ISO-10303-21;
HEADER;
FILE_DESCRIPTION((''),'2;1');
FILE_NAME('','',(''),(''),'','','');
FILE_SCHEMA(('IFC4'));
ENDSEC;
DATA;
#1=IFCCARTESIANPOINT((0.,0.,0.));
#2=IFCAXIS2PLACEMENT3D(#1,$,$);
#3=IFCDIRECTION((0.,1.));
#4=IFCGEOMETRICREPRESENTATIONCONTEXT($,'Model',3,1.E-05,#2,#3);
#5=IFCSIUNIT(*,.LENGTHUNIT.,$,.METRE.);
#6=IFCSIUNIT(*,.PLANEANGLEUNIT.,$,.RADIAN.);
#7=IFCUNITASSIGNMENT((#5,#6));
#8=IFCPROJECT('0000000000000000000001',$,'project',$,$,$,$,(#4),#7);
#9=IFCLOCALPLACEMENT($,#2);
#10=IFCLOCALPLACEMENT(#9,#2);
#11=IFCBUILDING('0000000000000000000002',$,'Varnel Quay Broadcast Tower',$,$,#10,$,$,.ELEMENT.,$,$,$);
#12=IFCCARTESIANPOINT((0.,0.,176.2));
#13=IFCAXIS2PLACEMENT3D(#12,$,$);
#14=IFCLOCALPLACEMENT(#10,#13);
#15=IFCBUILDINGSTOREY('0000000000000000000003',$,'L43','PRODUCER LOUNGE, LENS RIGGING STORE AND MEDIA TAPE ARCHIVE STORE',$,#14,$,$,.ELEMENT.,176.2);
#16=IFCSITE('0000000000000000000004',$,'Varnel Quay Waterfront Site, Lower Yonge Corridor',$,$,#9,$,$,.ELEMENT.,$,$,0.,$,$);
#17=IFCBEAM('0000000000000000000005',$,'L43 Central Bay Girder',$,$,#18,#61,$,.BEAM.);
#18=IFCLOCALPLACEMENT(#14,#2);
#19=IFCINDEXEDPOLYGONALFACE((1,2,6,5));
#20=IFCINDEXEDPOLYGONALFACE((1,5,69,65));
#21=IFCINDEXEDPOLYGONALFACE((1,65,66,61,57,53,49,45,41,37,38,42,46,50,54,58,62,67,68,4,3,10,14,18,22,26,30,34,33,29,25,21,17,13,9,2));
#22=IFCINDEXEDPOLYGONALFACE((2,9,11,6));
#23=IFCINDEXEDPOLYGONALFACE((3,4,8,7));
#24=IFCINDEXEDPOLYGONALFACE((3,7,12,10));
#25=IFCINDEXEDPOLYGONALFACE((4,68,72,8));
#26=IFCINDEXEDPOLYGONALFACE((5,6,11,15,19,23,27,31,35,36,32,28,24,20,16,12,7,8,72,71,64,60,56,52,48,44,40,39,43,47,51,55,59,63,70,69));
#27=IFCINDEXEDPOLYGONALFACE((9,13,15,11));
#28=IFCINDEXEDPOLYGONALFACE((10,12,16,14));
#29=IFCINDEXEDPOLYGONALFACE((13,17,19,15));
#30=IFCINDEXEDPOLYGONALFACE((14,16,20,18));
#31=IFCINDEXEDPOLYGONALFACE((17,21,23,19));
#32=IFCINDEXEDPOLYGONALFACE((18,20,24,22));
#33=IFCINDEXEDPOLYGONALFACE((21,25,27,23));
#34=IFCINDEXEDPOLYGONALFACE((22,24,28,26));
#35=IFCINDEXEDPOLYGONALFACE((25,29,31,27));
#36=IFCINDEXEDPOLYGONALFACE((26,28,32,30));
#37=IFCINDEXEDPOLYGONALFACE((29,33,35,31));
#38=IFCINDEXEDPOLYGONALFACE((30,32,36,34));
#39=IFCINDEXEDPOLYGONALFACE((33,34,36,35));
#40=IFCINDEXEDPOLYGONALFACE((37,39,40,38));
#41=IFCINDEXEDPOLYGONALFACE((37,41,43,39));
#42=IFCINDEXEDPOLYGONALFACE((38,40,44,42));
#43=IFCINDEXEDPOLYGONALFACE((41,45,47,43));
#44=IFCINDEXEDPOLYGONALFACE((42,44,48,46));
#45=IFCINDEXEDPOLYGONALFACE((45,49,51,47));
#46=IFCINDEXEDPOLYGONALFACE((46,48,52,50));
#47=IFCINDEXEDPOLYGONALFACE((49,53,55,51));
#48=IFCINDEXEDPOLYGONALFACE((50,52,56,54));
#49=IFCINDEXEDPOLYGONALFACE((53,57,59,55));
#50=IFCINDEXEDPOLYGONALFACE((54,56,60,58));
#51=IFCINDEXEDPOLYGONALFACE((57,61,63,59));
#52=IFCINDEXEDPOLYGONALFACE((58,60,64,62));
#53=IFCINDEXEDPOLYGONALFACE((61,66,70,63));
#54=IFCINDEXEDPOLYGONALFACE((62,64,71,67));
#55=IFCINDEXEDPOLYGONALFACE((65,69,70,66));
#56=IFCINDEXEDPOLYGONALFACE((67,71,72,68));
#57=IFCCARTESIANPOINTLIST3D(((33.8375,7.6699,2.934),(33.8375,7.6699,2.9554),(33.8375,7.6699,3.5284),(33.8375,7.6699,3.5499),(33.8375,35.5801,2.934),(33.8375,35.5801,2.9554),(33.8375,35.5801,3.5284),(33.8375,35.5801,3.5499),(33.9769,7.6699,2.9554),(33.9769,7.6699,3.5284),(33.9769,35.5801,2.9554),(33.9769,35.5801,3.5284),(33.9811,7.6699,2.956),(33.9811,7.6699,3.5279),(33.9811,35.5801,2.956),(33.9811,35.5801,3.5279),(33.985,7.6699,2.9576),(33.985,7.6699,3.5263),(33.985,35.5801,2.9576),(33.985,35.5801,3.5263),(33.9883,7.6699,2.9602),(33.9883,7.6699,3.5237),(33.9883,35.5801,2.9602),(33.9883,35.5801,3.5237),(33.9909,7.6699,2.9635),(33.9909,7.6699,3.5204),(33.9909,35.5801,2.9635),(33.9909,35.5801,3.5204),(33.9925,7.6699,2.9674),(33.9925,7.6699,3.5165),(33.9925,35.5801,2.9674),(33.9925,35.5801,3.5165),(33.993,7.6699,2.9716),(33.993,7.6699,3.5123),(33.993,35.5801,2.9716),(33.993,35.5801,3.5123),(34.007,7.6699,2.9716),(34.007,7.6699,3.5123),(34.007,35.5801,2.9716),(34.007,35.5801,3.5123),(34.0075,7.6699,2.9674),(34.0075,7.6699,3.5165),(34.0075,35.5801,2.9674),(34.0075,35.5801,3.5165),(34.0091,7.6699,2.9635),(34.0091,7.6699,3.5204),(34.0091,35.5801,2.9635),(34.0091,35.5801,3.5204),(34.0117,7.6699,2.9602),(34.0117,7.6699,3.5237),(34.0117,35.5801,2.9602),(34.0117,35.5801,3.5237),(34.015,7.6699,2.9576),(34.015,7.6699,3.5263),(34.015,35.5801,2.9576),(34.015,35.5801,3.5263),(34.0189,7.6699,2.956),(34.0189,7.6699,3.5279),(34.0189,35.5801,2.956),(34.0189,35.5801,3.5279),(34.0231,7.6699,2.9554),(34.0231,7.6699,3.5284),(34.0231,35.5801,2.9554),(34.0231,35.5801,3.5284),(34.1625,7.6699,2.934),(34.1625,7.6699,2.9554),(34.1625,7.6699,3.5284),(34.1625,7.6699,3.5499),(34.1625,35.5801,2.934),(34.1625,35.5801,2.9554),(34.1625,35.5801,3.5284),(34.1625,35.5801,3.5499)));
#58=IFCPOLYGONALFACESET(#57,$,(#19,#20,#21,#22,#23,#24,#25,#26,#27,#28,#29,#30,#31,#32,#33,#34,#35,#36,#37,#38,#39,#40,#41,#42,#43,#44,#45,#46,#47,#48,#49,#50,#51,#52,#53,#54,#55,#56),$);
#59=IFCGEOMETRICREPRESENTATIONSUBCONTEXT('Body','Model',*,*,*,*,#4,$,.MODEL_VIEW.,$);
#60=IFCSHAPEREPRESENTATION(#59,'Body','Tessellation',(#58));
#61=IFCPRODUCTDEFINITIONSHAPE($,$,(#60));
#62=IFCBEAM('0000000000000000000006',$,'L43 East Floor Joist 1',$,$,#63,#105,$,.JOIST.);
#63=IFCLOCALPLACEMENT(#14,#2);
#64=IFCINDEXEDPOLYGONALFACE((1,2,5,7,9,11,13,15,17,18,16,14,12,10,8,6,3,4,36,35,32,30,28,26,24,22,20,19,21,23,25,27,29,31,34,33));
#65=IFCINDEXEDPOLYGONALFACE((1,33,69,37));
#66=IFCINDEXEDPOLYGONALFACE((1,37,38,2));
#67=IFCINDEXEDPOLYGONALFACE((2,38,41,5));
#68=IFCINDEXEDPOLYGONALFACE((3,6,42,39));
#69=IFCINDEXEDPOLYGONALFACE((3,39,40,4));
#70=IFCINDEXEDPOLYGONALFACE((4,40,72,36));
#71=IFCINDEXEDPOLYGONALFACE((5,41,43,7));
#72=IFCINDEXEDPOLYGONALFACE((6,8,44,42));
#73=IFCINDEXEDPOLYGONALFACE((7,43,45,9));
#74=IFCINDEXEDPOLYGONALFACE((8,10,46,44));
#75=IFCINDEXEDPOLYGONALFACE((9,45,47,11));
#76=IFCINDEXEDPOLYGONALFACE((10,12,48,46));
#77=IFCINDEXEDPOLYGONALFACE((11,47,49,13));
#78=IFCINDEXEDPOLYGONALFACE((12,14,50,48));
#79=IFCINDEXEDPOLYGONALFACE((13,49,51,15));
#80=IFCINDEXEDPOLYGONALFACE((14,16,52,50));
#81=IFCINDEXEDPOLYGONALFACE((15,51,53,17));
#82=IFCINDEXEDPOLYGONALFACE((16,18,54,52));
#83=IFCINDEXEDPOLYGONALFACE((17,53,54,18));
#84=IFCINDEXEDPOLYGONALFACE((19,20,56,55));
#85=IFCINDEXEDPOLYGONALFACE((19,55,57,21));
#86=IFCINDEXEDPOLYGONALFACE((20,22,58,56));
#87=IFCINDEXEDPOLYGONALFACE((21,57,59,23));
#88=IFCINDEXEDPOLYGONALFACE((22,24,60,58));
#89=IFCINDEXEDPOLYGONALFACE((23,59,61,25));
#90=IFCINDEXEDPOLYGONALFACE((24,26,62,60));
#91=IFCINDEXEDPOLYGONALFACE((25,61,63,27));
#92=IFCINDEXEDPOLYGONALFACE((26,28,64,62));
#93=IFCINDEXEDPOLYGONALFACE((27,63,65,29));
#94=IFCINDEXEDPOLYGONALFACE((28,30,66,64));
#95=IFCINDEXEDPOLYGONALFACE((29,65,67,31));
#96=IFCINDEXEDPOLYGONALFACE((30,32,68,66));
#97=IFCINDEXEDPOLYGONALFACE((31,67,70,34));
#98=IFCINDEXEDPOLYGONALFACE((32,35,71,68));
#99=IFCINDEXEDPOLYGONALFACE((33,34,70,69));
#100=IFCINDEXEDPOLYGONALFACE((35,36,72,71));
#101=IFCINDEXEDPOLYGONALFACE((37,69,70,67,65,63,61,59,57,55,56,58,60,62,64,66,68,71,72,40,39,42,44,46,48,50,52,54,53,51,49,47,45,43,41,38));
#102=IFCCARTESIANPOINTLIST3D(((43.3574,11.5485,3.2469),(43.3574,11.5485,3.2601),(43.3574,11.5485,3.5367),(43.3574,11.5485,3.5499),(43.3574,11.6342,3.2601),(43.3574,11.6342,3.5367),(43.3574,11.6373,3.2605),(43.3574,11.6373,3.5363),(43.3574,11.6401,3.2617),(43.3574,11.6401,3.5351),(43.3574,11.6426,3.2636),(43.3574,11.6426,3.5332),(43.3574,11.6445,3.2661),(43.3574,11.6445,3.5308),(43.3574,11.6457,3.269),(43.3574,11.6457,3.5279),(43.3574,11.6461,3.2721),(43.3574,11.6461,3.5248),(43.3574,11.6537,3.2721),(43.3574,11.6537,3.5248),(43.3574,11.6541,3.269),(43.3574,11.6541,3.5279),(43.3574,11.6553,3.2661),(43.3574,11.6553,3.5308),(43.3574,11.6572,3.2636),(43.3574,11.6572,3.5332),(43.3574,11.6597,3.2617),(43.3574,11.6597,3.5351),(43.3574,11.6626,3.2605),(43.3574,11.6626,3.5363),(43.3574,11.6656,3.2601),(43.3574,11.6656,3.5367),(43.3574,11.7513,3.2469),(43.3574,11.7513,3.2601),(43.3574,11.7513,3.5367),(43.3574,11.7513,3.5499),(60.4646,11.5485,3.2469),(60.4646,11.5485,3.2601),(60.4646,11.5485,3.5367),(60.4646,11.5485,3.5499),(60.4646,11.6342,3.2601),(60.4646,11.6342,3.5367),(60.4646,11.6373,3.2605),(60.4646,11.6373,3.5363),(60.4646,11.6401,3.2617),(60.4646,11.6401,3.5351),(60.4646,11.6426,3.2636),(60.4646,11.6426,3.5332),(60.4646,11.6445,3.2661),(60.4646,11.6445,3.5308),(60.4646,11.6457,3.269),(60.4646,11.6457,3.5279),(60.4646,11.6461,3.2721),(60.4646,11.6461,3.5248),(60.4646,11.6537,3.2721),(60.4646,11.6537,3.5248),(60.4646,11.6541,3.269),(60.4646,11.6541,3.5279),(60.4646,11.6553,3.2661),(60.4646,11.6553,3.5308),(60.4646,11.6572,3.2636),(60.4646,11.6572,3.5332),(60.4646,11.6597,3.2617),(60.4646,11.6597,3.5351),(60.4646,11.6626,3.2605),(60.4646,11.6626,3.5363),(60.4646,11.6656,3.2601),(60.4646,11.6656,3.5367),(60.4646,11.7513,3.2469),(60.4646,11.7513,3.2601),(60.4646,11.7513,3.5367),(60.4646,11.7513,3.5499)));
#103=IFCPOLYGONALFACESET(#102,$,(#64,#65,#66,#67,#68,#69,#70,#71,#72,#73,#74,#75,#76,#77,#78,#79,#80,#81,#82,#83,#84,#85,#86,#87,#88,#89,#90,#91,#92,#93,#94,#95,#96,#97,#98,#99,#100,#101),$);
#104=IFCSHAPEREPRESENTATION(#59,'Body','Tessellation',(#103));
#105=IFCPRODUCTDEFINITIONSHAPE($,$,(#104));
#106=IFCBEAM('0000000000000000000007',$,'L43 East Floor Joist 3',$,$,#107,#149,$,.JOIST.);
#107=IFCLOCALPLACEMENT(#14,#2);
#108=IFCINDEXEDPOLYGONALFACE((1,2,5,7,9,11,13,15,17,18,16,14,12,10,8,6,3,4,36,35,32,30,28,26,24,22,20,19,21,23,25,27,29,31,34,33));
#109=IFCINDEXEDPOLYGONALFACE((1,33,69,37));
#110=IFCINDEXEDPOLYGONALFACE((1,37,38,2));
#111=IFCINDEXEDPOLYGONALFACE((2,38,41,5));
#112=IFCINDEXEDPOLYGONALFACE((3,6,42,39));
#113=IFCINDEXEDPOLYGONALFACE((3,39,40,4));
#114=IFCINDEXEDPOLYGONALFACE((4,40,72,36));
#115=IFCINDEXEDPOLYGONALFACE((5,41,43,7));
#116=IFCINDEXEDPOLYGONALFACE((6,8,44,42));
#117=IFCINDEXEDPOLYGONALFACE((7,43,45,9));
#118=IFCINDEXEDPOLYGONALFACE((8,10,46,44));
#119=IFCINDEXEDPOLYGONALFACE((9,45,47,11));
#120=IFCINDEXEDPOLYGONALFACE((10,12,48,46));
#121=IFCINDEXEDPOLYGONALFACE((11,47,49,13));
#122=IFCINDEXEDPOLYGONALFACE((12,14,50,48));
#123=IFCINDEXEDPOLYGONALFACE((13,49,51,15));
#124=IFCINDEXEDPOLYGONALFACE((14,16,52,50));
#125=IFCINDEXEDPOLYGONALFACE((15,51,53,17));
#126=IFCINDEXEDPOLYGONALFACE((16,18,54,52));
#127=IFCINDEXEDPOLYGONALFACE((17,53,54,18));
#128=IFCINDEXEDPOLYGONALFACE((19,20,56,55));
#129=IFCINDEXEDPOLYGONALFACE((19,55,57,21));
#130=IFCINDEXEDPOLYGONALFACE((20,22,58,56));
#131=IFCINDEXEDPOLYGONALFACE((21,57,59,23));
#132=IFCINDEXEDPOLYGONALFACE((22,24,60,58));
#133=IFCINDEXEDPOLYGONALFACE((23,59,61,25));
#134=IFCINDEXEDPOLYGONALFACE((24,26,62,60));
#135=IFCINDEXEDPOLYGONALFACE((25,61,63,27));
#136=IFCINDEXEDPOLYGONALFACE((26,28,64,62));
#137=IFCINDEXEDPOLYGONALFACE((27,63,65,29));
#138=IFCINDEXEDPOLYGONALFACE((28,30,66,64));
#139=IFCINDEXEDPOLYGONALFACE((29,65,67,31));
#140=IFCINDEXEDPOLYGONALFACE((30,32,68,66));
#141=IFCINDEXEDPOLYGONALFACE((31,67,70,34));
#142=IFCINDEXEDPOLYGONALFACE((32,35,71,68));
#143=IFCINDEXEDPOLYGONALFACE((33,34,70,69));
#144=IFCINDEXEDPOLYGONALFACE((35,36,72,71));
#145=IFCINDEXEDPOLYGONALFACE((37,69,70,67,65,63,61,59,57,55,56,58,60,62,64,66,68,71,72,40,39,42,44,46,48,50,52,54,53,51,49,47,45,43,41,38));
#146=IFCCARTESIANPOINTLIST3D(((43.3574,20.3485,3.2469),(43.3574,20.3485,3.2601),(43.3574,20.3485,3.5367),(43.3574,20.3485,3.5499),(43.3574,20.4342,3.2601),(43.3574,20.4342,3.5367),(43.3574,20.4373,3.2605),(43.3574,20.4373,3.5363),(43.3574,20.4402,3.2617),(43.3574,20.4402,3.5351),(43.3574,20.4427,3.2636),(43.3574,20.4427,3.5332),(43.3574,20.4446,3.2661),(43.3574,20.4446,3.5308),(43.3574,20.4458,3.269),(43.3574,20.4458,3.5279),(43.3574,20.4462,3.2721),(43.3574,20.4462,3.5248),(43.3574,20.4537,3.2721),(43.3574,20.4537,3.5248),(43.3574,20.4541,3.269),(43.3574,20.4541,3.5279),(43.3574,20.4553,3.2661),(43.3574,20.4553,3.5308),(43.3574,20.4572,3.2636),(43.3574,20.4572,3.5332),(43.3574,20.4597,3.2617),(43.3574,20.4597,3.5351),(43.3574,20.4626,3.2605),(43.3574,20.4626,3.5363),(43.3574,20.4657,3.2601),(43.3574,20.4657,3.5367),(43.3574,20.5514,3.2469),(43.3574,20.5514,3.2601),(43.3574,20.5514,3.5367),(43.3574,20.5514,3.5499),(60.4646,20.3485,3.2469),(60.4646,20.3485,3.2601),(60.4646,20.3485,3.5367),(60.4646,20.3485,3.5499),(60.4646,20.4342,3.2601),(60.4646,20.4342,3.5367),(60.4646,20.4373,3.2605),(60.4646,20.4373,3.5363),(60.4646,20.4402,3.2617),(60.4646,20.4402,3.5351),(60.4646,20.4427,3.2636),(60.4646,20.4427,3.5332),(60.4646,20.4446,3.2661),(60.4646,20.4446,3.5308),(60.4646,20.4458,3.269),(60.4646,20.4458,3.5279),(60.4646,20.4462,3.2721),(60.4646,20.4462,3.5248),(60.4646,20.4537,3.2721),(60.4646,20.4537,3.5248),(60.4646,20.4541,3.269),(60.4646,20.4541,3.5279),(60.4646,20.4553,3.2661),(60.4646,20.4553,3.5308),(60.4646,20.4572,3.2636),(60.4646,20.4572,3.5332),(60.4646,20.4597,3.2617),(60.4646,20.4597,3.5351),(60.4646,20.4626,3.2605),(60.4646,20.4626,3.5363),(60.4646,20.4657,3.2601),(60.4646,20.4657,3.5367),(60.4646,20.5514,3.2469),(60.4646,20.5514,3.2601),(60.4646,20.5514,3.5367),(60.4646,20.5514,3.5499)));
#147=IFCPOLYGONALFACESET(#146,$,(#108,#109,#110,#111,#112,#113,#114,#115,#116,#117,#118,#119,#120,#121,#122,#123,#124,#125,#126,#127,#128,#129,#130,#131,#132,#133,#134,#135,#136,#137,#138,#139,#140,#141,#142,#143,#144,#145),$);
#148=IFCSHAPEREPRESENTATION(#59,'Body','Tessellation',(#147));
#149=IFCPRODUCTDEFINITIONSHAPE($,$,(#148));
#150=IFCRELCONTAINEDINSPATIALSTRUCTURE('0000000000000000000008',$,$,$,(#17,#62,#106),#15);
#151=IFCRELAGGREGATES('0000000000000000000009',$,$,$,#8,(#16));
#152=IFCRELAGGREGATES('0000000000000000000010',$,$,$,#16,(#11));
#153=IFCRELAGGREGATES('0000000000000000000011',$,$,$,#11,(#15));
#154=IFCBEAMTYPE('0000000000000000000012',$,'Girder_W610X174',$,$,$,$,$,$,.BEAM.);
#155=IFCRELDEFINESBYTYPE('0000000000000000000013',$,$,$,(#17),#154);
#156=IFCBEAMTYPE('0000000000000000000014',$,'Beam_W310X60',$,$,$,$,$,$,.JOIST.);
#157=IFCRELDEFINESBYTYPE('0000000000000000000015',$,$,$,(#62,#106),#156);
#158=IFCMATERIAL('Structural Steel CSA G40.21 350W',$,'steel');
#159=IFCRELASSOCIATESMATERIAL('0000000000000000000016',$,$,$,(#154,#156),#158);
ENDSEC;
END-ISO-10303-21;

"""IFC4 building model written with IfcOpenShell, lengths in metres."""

from ifc_helpers import new_model, si_unit, direction, frame, origin, origin_2d, place, context, subcontext, project, spatial, i_section, extrude, source, transform, mapped, material, material_profile, profile_set, type_object, type_shapes, element, save


model = new_model("IFC4")

# Units and contexts
model_context = context("Model", 3, precision=1e-05, world=origin(), true_north=direction((0.0, 1.0)))
body_context = subcontext(model_context, "Body", "Model", "MODEL_VIEW")
ifc_project = project(units=[si_unit("LENGTHUNIT", "METRE"), si_unit("PLANEANGLEUNIT", "RADIAN")], contexts=[model_context])

# Site, building, storey
site_placement = place(None, origin())
site = spatial("IfcSite", under=ifc_project, at=site_placement, Name="Varnel Quay Waterfront Site, Lower Yonge Corridor", CompositionType="ELEMENT", RefElevation=0.0)
building_placement = place(site_placement, origin())
building = spatial("IfcBuilding", under=site, at=building_placement, Name="Varnel Quay Broadcast Tower", CompositionType="ELEMENT")
storey_placement = place(building_placement, frame((0.0, 0.0, 176.2)))
storey = spatial("IfcBuildingStorey", under=building, at=storey_placement, Name="L43", Description="PRODUCER LOUNGE, LENS RIGGING STORE AND MEDIA TAPE ARCHIVE STORE", CompositionType="ELEMENT", Elevation=176.2)

# Shared definitions
ifc_material_1 = material(Name="Structural Steel CSA G40.21 350W", Category="steel")

# Beams
ifc_material_profile_1 = material_profile(ifc_material_1, i_section(OverallWidth=0.325, OverallDepth=0.616, WebThickness=0.0139, FlangeThickness=0.0215, FilletRadius=0.0161, at=origin_2d()), Name="W610X174")
ifc_profile_set_1 = profile_set([ifc_material_profile_1], Name="Structural Steel CSA G40.21 350W")
beam_type_1 = type_object("IfcBeamType", Name="Girder_W610X174", PredefinedType="BEAM", material=ifc_profile_set_1)
shared_shape_1 = source(origin(), body_context, "Body", "SweptSolid", [
    extrude(i_section(OverallWidth=0.325, OverallDepth=0.616, WebThickness=0.0139, FlangeThickness=0.0215, FilletRadius=0.0161, at=origin_2d()), origin(), (0.0, 0.0, 1.0), 27.9102),
])
beam_1_placement = place(storey_placement, frame((34.0, 7.6699, 3.2419), z_axis=(0.0, 1.0, 0.0), x_axis=(-1.0, 0.0, 0.0)))
element("IfcBeam", 1, at=beam_1_placement, inside=storey, type_object=beam_type_1, Name="L43 Central Bay Girder", PredefinedType="BEAM", context=body_context, shape_type="MappedRepresentation", body=[
    mapped(shared_shape_1, transform((0.0, 0.0, 0.0), x_axis=(1.0, 0.0, 0.0), y_axis=(0.0, 1.0, 0.0), z_axis=(0.0, 0.0, 1.0), scale=1.0)),
])
ifc_material_profile_2 = material_profile(ifc_material_1, i_section(OverallWidth=0.2029, OverallDepth=0.303, WebThickness=0.0076, FlangeThickness=0.0132, FilletRadius=0.012, at=origin_2d()), Name="W310X60")
ifc_profile_set_2 = profile_set([ifc_material_profile_2], Name="Structural Steel CSA G40.21 350W")
beam_type_2 = type_object("IfcBeamType", Name="Beam_W310X60", PredefinedType="JOIST", material=ifc_profile_set_2)
shared_shape_2 = source(origin(), body_context, "Body", "SweptSolid", [
    extrude(i_section(OverallWidth=0.2029, OverallDepth=0.303, WebThickness=0.0076, FlangeThickness=0.0132, FilletRadius=0.012, at=origin_2d()), origin(), (0.0, 0.0, 1.0), 17.1072),
])
type_shapes(beam_type_2, [shared_shape_2])
for number, where, z_axis, x_axis, name in (
    (2, (43.3574, 11.6499, 3.3984), (1.0, 0.0, 0.0), (0.0, 1.0, 0.0), "L43 East Floor Joist 1"),
    (3, (43.3574, 20.45, 3.3984), (1.0, 0.0, 0.0), (0.0, 1.0, 0.0), "L43 East Floor Joist 3"),
):
    element("IfcBeam", number, at=place(storey_placement, frame(where, z_axis=z_axis, x_axis=x_axis)), inside=storey, type_object=beam_type_2, Name=name, PredefinedType="JOIST", context=body_context, shape_type="MappedRepresentation", body=[
        mapped(shared_shape_2, transform((0.0, 0.0, 0.0), x_axis=(1.0, 0.0, 0.0), y_axis=(0.0, 1.0, 0.0), z_axis=(0.0, 0.0, 1.0), scale=1.0)),
    ])

save(model, "model.ifc")
